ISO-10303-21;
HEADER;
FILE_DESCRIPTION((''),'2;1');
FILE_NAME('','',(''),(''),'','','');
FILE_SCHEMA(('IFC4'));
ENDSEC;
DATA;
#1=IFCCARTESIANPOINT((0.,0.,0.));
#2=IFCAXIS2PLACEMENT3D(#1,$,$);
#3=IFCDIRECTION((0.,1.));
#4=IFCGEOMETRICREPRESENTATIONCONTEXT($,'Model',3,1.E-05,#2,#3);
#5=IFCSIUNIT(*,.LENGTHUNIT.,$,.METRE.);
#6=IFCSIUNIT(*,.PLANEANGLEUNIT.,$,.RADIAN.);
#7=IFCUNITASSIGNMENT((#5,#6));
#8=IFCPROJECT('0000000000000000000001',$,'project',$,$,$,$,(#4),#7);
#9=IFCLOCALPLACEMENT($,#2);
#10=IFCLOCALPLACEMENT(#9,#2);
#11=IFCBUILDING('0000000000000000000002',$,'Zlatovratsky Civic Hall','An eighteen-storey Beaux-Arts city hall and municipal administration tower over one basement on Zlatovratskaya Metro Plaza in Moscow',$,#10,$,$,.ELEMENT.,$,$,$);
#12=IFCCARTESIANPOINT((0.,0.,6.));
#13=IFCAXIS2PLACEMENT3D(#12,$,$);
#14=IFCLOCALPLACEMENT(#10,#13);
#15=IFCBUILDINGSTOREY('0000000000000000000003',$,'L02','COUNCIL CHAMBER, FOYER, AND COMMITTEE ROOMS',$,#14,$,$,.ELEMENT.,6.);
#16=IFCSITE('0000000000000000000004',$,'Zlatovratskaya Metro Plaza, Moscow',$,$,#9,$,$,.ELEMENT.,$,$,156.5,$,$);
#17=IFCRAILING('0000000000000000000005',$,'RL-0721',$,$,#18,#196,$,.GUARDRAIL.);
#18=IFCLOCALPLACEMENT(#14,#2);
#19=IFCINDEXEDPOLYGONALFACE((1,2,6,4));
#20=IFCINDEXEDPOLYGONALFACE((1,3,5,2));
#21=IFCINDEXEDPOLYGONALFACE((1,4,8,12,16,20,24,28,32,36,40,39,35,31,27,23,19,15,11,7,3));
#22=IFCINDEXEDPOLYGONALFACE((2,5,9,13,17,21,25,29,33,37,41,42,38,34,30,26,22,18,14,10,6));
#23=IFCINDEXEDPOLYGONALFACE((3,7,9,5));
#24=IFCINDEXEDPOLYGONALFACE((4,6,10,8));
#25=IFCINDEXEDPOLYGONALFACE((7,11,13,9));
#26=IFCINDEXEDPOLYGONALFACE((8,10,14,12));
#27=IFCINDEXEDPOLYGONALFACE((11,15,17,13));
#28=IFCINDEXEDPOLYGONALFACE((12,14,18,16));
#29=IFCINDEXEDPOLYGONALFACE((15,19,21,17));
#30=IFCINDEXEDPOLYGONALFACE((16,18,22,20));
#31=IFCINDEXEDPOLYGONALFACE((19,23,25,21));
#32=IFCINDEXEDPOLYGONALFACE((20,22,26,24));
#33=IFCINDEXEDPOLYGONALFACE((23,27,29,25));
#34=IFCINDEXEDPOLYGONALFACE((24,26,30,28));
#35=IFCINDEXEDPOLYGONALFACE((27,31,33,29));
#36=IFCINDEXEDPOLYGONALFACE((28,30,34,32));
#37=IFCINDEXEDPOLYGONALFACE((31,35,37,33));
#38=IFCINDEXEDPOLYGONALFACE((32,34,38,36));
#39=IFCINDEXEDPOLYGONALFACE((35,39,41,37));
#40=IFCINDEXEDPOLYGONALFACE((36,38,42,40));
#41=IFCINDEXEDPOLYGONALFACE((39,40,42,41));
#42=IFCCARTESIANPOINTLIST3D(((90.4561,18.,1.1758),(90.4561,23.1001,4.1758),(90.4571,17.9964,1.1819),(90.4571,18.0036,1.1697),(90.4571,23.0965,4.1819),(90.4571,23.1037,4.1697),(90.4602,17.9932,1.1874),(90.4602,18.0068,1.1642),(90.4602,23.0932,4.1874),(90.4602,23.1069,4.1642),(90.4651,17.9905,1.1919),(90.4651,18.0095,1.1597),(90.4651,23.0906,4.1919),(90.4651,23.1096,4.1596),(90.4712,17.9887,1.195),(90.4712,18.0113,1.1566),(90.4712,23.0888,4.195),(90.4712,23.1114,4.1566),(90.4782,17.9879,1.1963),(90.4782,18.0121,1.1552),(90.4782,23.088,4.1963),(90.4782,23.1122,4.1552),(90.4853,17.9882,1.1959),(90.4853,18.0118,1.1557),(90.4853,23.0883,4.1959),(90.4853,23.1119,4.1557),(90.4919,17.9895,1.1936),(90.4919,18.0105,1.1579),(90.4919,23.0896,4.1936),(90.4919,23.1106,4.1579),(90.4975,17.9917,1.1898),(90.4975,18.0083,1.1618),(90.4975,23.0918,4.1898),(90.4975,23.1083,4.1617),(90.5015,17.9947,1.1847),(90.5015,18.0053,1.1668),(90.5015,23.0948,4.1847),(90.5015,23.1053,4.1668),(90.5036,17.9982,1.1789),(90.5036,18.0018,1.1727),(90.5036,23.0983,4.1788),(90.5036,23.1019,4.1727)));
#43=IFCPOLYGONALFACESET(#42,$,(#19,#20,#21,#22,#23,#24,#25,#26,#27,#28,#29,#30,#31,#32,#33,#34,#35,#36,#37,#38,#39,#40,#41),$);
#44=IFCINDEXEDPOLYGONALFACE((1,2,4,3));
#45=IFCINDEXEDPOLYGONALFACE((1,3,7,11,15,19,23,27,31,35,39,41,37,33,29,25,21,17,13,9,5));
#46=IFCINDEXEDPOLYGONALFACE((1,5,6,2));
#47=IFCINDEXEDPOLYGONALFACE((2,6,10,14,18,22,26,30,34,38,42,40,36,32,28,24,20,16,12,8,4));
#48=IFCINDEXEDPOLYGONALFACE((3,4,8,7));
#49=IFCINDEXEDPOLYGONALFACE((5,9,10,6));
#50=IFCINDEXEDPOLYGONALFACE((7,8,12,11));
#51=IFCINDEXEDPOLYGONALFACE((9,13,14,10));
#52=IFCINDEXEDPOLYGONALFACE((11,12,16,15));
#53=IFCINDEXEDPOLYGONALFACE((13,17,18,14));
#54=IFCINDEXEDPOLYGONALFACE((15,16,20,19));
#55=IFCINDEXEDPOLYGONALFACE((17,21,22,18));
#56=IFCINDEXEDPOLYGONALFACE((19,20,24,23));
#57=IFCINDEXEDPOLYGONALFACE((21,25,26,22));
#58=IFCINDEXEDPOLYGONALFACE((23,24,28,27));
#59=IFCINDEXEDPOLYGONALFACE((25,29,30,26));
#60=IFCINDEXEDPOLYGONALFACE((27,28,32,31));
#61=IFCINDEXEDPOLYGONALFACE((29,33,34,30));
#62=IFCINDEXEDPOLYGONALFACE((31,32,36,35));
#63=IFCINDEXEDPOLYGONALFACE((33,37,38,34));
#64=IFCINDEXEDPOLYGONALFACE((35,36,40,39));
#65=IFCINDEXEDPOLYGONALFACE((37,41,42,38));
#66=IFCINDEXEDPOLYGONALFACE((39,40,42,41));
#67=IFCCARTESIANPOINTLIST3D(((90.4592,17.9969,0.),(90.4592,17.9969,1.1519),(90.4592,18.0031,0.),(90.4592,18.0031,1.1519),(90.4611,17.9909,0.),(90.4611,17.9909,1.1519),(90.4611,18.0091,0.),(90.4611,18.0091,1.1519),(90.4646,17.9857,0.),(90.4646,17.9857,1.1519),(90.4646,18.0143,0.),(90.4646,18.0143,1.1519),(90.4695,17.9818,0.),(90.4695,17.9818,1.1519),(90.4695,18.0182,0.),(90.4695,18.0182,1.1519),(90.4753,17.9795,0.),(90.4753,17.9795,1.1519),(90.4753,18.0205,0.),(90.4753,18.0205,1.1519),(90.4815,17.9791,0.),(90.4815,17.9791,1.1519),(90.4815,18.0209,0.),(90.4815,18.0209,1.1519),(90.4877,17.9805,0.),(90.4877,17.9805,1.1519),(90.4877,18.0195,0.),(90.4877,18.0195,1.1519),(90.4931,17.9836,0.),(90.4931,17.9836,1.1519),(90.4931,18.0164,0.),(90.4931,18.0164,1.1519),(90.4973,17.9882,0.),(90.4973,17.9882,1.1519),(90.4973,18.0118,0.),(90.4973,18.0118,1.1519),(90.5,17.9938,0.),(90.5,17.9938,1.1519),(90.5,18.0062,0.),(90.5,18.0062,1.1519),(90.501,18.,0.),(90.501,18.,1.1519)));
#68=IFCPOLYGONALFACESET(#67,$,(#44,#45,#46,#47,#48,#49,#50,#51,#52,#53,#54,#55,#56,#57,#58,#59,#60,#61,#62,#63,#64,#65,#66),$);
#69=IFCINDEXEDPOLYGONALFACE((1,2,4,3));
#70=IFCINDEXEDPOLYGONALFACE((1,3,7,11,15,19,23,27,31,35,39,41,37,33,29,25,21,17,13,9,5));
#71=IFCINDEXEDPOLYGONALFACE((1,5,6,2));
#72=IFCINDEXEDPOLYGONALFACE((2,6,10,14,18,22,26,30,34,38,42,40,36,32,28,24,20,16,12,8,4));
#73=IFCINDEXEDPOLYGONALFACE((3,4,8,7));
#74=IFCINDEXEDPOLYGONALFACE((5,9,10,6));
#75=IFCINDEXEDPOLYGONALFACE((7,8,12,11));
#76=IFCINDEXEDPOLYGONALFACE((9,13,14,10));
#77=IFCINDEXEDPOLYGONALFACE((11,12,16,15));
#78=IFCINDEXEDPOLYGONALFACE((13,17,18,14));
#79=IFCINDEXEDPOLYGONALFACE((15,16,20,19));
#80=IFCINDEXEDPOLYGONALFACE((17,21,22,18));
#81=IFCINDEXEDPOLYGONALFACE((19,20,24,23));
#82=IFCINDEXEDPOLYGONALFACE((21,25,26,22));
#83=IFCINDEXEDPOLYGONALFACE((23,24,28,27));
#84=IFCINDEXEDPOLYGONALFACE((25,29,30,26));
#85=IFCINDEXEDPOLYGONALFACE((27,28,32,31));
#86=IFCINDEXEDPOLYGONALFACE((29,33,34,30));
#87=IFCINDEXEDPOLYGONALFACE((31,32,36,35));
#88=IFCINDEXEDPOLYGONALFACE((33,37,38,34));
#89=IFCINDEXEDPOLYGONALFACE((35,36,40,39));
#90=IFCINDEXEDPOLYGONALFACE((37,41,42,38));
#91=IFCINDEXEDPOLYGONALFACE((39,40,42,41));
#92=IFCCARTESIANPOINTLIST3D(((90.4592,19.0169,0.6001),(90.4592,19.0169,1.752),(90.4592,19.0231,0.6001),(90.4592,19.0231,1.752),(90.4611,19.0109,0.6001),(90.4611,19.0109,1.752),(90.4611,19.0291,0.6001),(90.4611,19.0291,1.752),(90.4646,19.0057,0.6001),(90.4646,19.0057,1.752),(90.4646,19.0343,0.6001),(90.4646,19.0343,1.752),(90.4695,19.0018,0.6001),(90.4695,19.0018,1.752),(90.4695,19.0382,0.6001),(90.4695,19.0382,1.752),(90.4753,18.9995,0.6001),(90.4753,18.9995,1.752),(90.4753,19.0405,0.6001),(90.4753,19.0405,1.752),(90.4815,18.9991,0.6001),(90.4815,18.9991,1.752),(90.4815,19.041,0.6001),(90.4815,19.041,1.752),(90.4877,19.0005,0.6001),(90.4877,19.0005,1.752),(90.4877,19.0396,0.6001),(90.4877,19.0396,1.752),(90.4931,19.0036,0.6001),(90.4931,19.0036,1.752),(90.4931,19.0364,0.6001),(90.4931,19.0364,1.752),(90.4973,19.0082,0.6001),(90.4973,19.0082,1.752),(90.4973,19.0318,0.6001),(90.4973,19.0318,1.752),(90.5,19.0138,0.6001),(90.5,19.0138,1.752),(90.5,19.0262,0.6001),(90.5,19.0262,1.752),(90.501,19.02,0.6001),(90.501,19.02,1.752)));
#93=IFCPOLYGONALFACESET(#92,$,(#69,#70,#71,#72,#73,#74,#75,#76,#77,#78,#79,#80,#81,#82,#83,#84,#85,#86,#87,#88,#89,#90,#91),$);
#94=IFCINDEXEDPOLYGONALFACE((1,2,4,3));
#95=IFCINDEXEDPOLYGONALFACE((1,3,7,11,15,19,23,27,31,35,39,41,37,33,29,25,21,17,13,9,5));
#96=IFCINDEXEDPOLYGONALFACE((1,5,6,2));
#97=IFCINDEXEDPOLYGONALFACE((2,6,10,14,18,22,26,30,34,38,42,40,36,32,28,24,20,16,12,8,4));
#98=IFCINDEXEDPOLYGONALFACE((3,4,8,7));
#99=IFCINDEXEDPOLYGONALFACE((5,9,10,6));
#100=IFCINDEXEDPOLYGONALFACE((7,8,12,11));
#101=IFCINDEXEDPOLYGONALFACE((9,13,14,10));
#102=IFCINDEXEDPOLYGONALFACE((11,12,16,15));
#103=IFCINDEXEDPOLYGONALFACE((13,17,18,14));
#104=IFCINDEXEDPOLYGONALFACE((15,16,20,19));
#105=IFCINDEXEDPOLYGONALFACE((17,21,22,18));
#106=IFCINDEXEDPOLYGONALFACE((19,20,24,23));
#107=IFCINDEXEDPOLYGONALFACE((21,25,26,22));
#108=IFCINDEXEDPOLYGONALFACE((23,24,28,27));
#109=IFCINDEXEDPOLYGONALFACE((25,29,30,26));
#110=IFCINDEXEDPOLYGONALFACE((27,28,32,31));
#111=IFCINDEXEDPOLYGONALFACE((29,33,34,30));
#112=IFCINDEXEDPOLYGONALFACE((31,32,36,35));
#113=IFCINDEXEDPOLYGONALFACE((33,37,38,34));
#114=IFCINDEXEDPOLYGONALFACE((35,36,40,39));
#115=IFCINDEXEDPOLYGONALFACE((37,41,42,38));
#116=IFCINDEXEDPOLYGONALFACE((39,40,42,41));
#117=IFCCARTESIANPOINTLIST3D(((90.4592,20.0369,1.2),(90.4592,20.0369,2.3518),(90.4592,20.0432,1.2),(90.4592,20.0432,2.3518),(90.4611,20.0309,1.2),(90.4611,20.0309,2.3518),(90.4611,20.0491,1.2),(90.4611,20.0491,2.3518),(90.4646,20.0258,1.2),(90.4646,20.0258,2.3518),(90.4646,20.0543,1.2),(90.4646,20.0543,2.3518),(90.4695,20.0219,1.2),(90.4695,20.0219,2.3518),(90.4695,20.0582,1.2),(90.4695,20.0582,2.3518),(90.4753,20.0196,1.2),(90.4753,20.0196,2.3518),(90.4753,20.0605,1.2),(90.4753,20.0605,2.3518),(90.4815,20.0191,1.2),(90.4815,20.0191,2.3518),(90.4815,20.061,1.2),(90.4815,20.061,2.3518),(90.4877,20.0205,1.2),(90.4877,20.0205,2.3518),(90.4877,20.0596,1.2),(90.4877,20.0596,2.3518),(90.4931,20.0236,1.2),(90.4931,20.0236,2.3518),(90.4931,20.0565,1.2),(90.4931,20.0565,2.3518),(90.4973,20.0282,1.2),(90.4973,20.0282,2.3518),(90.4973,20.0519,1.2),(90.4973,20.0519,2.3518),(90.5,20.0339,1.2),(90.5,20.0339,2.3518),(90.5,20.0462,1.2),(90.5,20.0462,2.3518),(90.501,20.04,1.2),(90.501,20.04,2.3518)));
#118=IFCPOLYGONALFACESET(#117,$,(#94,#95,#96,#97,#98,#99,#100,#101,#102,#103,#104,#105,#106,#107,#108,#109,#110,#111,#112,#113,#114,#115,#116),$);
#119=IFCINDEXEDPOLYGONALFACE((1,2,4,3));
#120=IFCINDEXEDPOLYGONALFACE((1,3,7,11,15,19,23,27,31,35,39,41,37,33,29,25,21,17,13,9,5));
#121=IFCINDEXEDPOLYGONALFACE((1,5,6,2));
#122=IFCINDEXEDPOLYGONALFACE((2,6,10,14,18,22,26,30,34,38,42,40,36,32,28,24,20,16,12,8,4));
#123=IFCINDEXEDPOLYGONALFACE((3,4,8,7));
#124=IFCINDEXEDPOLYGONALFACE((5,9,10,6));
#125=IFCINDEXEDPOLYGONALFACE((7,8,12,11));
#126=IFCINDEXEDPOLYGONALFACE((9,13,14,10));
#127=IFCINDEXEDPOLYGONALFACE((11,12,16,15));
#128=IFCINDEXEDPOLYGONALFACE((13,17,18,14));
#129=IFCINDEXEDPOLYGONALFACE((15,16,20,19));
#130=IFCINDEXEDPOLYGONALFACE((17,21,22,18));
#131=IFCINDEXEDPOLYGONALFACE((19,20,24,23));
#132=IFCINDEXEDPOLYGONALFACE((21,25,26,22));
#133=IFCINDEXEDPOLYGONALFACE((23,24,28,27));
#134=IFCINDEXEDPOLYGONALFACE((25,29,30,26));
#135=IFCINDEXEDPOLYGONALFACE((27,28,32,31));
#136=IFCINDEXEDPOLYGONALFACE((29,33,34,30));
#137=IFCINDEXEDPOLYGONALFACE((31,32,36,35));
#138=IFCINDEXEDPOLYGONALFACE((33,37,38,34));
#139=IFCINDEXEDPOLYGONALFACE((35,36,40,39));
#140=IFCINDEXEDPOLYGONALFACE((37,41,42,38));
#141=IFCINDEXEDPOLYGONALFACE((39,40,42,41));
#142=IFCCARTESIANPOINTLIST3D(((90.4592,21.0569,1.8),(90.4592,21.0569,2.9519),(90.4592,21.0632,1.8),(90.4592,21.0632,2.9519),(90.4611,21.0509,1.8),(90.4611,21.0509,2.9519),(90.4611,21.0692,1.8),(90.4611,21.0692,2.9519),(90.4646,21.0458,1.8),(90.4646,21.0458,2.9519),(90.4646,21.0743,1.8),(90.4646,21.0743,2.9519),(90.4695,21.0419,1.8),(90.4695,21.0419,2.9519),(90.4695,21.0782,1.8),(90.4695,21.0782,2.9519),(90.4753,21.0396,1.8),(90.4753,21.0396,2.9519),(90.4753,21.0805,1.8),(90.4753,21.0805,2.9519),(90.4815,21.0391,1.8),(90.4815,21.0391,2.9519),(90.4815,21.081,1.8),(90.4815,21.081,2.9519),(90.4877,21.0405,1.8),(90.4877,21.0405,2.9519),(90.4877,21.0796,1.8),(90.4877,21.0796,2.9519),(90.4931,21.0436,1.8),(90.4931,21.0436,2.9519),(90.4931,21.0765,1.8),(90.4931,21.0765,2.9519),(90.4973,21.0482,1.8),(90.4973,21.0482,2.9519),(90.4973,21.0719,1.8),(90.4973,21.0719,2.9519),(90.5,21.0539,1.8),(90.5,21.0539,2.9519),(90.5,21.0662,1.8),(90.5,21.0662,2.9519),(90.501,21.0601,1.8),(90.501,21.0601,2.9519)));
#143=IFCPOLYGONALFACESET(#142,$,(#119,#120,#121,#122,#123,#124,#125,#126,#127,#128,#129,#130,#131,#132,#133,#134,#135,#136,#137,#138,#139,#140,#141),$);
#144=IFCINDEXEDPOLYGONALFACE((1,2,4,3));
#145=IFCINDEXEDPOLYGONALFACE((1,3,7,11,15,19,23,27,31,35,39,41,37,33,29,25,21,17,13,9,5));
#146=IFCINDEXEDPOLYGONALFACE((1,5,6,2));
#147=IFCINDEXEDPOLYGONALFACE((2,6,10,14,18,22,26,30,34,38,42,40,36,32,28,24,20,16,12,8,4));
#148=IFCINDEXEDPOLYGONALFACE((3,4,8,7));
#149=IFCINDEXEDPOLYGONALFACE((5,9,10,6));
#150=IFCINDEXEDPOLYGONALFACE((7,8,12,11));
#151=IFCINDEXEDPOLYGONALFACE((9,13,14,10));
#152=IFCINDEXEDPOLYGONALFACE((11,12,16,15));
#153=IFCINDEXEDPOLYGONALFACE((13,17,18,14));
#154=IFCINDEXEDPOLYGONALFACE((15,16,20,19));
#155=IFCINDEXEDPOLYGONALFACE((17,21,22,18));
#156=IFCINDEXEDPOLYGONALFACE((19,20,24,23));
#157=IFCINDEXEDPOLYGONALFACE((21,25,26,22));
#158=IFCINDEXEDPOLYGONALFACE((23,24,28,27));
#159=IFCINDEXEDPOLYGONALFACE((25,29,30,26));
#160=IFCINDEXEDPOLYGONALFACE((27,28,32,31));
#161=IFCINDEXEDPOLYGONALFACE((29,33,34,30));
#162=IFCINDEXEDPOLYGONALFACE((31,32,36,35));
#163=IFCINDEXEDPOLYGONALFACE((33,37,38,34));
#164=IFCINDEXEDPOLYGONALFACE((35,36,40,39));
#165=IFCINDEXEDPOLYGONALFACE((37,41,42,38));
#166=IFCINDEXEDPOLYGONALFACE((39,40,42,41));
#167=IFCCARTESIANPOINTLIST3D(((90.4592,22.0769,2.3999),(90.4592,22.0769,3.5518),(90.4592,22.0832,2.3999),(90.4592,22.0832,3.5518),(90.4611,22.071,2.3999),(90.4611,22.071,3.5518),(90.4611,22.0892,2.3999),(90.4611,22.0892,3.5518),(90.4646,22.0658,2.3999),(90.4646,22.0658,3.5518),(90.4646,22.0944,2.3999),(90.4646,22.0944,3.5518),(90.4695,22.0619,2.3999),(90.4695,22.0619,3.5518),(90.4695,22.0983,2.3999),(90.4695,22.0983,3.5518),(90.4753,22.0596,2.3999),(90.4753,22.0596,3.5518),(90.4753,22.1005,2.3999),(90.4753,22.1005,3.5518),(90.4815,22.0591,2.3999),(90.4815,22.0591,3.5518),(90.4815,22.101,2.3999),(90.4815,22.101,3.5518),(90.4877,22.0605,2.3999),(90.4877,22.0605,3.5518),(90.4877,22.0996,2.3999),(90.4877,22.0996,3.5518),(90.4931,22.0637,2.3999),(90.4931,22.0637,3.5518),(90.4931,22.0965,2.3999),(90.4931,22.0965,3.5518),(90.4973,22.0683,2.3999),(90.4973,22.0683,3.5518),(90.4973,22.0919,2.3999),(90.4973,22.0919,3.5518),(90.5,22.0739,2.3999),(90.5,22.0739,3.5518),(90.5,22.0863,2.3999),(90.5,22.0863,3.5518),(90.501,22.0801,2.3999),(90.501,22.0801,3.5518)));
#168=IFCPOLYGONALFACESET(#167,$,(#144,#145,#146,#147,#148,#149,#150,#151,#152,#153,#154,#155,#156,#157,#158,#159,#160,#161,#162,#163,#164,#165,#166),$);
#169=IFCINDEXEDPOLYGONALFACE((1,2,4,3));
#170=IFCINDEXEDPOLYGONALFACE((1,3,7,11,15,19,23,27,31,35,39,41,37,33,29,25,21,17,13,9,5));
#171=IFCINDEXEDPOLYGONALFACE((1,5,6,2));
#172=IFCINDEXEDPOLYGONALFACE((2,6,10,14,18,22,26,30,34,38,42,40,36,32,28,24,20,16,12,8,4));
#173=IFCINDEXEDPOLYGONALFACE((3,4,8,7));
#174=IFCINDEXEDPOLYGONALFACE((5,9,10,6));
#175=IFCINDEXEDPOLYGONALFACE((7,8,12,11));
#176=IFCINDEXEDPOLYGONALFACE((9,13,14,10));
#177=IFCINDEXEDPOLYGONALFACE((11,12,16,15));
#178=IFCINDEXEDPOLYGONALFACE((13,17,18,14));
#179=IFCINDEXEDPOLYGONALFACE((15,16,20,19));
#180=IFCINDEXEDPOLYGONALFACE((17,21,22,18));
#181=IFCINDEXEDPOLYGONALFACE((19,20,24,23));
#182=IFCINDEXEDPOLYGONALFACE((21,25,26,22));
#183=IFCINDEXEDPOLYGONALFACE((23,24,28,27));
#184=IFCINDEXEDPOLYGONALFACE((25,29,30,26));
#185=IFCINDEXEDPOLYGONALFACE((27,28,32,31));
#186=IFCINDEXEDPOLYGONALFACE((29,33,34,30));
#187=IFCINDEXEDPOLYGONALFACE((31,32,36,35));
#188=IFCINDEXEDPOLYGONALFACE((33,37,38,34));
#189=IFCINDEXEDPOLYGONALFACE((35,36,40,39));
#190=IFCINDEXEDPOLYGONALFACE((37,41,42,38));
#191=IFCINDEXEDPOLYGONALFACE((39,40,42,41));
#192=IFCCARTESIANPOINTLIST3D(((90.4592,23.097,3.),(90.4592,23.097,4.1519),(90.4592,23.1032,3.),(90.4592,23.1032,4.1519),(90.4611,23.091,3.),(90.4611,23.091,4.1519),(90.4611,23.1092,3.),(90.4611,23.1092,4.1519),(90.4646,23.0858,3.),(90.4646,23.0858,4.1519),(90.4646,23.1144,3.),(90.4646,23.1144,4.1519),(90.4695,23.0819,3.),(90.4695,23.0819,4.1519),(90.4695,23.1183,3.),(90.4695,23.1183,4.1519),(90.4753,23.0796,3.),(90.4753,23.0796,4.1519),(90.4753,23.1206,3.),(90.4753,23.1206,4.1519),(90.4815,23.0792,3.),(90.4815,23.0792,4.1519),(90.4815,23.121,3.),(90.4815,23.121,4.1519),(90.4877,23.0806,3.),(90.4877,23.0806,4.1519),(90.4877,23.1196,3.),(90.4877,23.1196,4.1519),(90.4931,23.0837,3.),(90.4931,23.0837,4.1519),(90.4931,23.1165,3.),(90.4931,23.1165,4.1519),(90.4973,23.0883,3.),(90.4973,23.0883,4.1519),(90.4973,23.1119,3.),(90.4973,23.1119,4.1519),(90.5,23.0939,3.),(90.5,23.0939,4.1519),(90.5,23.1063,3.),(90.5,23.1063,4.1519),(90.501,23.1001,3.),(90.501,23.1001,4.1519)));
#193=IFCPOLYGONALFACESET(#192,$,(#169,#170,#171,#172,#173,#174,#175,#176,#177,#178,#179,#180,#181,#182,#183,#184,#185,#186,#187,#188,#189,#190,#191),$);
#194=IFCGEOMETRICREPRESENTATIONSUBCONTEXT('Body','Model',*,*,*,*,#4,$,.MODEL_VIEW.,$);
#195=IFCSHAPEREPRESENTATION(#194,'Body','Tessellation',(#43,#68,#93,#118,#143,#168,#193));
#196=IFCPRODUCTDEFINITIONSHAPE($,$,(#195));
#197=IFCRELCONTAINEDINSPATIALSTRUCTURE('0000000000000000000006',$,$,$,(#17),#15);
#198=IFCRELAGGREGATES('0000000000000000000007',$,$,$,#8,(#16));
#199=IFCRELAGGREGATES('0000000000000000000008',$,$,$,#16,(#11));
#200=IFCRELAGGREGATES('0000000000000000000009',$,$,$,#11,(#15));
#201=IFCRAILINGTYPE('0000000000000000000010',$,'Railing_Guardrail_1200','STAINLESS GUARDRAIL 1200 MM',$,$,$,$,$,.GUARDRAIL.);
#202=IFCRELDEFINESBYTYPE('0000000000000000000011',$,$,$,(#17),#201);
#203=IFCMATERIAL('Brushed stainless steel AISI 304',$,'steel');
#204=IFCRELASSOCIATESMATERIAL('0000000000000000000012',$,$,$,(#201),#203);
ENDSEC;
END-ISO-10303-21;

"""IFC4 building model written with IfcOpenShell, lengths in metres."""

from ifc_helpers import new_model, si_unit, direction, frame, origin, origin_2d, place, context, subcontext, project, spatial, circle, extrude, material, type_object, element, save


model = new_model("IFC4")

# Units and contexts
model_context = context("Model", 3, precision=1e-05, world=origin(), true_north=direction((0.0, 1.0)))
body_context = subcontext(model_context, "Body", "Model", "MODEL_VIEW")
ifc_project = project(units=[si_unit("LENGTHUNIT", "METRE"), si_unit("PLANEANGLEUNIT", "RADIAN")], contexts=[model_context])

# Site, building, storey
site_placement = place(None, origin())
site = spatial("IfcSite", under=ifc_project, at=site_placement, Name="Zlatovratskaya Metro Plaza, Moscow", CompositionType="ELEMENT", RefElevation=156.5)
building_placement = place(site_placement, origin())
building = spatial("IfcBuilding", under=site, at=building_placement, Name="Zlatovratsky Civic Hall", Description="An eighteen-storey Beaux-Arts city hall and municipal administration tower over one basement on Zlatovratskaya Metro Plaza in Moscow", CompositionType="ELEMENT")
storey_placement = place(building_placement, frame((0.0, 0.0, 6.0)))
storey = spatial("IfcBuildingStorey", under=building, at=storey_placement, Name="L02", Description="COUNCIL CHAMBER, FOYER, AND COMMITTEE ROOMS", CompositionType="ELEMENT", Elevation=6.0)

# Railing
ifc_material_1 = material(Name="Brushed stainless steel AISI 304", Category="steel")
railing_type_1 = type_object("IfcRailingType", Name="Railing_Guardrail_1200", Description="STAINLESS GUARDRAIL 1200 MM", PredefinedType="GUARDRAIL", material=ifc_material_1)
railing_1_placement = place(storey_placement, frame((90.48, 18.0, 0.0)))
element("IfcRailing", 1, at=railing_1_placement, inside=storey, type_object=railing_type_1, Name="RL-0721", PredefinedType="GUARDRAIL", context=body_context, shape_type="SweptSolid", body=[
    extrude(circle(Radius=0.0239, at=origin_2d()), frame((0.0, 0.0, 1.1758), z_axis=(0.0, 0.861938, 0.507013), x_axis=(-1.0, 0.0, 0.0)), (0.0, 0.0, 1.0), 5.917),
    extrude(circle(Radius=0.021, at=origin_2d()), origin(), (0.0, 0.0, 1.0), 1.1519),
    extrude(circle(Radius=0.021, at=origin_2d()), frame((0.0, 1.02, 0.6001)), (0.0, 0.0, 1.0), 1.1519),
    extrude(circle(Radius=0.021, at=origin_2d()), frame((0.0, 2.04, 1.2)), (0.0, 0.0, 1.0), 1.1519),
    extrude(circle(Radius=0.021, at=origin_2d()), frame((0.0, 3.0601, 1.8)), (0.0, 0.0, 1.0), 1.1519),
    extrude(circle(Radius=0.021, at=origin_2d()), frame((0.0, 4.0801, 2.3999)), (0.0, 0.0, 1.0), 1.1519),
    extrude(circle(Radius=0.021, at=origin_2d()), frame((0.0, 5.1001, 3.0)), (0.0, 0.0, 1.0), 1.1519),
])

save(model, "model.ifc")
